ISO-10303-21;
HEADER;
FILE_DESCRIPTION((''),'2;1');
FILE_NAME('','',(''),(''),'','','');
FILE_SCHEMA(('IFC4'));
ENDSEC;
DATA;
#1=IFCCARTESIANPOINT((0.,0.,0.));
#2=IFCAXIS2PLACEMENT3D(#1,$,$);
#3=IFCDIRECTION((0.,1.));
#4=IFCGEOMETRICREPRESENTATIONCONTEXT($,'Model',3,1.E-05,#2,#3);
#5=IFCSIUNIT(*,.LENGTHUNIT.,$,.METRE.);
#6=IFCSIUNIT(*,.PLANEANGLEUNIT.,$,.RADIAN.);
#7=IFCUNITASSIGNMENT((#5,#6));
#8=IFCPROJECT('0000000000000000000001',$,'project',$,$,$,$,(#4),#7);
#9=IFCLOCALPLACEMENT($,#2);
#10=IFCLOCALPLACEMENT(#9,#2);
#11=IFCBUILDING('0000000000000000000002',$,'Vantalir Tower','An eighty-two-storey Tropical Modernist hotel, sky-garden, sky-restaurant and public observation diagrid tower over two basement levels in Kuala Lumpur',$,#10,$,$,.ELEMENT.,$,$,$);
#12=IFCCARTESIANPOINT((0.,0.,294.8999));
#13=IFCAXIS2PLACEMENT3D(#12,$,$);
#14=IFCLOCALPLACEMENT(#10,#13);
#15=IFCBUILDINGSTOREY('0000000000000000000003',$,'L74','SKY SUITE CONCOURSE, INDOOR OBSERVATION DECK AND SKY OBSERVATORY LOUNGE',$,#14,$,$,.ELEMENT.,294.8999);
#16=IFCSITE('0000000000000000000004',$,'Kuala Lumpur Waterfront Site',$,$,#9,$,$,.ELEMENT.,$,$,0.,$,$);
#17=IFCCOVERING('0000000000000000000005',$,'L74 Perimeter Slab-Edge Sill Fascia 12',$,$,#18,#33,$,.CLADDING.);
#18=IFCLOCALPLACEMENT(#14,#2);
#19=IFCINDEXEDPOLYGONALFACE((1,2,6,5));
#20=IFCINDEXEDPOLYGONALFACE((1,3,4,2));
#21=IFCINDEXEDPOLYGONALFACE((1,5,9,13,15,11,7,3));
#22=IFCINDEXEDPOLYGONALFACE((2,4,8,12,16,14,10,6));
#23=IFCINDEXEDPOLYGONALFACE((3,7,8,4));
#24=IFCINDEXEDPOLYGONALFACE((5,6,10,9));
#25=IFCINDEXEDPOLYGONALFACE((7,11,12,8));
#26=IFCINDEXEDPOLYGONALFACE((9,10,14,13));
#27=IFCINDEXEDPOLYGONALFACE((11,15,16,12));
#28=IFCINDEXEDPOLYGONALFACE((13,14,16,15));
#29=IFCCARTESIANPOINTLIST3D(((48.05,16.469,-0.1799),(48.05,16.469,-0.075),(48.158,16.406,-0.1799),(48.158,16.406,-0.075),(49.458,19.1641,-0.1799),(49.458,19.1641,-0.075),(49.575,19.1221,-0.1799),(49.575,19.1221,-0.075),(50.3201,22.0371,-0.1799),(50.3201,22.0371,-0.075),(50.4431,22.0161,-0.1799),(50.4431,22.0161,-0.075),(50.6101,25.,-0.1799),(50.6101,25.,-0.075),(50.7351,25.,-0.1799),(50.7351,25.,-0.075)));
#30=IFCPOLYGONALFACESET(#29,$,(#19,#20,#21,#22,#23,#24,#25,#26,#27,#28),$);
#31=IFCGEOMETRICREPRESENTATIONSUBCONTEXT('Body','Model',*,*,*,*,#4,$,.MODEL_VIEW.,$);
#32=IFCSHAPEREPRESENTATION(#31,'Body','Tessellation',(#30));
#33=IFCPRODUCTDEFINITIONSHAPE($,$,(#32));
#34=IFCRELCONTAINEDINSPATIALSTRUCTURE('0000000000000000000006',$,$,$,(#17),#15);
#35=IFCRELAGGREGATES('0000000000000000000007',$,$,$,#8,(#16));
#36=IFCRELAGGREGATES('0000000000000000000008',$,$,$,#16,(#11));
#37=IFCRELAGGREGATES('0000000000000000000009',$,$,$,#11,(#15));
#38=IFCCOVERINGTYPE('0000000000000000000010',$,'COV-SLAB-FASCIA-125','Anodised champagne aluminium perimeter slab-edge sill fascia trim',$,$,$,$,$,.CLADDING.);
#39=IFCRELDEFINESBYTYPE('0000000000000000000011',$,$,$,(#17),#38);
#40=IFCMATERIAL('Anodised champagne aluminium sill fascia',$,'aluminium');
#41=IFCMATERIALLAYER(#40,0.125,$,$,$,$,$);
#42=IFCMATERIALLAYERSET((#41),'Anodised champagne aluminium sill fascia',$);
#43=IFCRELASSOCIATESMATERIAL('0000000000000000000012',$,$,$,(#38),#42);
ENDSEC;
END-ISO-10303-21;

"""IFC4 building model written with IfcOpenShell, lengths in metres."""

from ifc_helpers import new_model, si_unit, direction, frame, origin, place, context, subcontext, project, spatial, polyline, outline, extrude, material, layer, layer_set, type_object, element, save


model = new_model("IFC4")

# Units and contexts
model_context = context("Model", 3, precision=1e-05, world=origin(), true_north=direction((0.0, 1.0)))
body_context = subcontext(model_context, "Body", "Model", "MODEL_VIEW")
ifc_project = project(units=[si_unit("LENGTHUNIT", "METRE"), si_unit("PLANEANGLEUNIT", "RADIAN")], contexts=[model_context])

# Site, building, storey
site_placement = place(None, origin())
site = spatial("IfcSite", under=ifc_project, at=site_placement, Name="Kuala Lumpur Waterfront Site", CompositionType="ELEMENT", RefElevation=0.0)
building_placement = place(site_placement, origin())
building = spatial("IfcBuilding", under=site, at=building_placement, Name="Vantalir Tower", Description="An eighty-two-storey Tropical Modernist hotel, sky-garden, sky-restaurant and public observation diagrid tower over two basement levels in Kuala Lumpur", CompositionType="ELEMENT")
storey_placement = place(building_placement, frame((0.0, 0.0, 294.8999)))
storey = spatial("IfcBuildingStorey", under=building, at=storey_placement, Name="L74", Description="SKY SUITE CONCOURSE, INDOOR OBSERVATION DECK AND SKY OBSERVATORY LOUNGE", CompositionType="ELEMENT", Elevation=294.8999)

# Covering
ifc_material_1 = material(Name="Anodised champagne aluminium sill fascia", Category="aluminium")
ifc_layer_1 = layer(ifc_material_1, 0.125)
ifc_layer_set_1 = layer_set([ifc_layer_1], Name="Anodised champagne aluminium sill fascia")
covering_type = type_object("IfcCoveringType", Name="COV-SLAB-FASCIA-125", Description="Anodised champagne aluminium perimeter slab-edge sill fascia trim", PredefinedType="CLADDING", material=ifc_layer_set_1)
covering_1_placement = place(storey_placement, frame((0.0, 0.0, -0.1799)))
element("IfcCovering", 1, at=covering_1_placement, inside=storey, type_object=covering_type, Name="L74 Perimeter Slab-Edge Sill Fascia 12", PredefinedType="CLADDING", context=body_context, shape_type="SweptSolid", body=[
    extrude(outline(polyline([(48.158, 16.406), (49.575, 19.1221), (50.4431, 22.0161), (50.7351, 25.0), (50.6101, 25.0), (50.3201, 22.0371), (49.458, 19.1641), (48.05, 16.469), (48.158, 16.406)])), origin(), (0.0, 0.0, 1.0), 0.105),
])

save(model, "model.ifc")
